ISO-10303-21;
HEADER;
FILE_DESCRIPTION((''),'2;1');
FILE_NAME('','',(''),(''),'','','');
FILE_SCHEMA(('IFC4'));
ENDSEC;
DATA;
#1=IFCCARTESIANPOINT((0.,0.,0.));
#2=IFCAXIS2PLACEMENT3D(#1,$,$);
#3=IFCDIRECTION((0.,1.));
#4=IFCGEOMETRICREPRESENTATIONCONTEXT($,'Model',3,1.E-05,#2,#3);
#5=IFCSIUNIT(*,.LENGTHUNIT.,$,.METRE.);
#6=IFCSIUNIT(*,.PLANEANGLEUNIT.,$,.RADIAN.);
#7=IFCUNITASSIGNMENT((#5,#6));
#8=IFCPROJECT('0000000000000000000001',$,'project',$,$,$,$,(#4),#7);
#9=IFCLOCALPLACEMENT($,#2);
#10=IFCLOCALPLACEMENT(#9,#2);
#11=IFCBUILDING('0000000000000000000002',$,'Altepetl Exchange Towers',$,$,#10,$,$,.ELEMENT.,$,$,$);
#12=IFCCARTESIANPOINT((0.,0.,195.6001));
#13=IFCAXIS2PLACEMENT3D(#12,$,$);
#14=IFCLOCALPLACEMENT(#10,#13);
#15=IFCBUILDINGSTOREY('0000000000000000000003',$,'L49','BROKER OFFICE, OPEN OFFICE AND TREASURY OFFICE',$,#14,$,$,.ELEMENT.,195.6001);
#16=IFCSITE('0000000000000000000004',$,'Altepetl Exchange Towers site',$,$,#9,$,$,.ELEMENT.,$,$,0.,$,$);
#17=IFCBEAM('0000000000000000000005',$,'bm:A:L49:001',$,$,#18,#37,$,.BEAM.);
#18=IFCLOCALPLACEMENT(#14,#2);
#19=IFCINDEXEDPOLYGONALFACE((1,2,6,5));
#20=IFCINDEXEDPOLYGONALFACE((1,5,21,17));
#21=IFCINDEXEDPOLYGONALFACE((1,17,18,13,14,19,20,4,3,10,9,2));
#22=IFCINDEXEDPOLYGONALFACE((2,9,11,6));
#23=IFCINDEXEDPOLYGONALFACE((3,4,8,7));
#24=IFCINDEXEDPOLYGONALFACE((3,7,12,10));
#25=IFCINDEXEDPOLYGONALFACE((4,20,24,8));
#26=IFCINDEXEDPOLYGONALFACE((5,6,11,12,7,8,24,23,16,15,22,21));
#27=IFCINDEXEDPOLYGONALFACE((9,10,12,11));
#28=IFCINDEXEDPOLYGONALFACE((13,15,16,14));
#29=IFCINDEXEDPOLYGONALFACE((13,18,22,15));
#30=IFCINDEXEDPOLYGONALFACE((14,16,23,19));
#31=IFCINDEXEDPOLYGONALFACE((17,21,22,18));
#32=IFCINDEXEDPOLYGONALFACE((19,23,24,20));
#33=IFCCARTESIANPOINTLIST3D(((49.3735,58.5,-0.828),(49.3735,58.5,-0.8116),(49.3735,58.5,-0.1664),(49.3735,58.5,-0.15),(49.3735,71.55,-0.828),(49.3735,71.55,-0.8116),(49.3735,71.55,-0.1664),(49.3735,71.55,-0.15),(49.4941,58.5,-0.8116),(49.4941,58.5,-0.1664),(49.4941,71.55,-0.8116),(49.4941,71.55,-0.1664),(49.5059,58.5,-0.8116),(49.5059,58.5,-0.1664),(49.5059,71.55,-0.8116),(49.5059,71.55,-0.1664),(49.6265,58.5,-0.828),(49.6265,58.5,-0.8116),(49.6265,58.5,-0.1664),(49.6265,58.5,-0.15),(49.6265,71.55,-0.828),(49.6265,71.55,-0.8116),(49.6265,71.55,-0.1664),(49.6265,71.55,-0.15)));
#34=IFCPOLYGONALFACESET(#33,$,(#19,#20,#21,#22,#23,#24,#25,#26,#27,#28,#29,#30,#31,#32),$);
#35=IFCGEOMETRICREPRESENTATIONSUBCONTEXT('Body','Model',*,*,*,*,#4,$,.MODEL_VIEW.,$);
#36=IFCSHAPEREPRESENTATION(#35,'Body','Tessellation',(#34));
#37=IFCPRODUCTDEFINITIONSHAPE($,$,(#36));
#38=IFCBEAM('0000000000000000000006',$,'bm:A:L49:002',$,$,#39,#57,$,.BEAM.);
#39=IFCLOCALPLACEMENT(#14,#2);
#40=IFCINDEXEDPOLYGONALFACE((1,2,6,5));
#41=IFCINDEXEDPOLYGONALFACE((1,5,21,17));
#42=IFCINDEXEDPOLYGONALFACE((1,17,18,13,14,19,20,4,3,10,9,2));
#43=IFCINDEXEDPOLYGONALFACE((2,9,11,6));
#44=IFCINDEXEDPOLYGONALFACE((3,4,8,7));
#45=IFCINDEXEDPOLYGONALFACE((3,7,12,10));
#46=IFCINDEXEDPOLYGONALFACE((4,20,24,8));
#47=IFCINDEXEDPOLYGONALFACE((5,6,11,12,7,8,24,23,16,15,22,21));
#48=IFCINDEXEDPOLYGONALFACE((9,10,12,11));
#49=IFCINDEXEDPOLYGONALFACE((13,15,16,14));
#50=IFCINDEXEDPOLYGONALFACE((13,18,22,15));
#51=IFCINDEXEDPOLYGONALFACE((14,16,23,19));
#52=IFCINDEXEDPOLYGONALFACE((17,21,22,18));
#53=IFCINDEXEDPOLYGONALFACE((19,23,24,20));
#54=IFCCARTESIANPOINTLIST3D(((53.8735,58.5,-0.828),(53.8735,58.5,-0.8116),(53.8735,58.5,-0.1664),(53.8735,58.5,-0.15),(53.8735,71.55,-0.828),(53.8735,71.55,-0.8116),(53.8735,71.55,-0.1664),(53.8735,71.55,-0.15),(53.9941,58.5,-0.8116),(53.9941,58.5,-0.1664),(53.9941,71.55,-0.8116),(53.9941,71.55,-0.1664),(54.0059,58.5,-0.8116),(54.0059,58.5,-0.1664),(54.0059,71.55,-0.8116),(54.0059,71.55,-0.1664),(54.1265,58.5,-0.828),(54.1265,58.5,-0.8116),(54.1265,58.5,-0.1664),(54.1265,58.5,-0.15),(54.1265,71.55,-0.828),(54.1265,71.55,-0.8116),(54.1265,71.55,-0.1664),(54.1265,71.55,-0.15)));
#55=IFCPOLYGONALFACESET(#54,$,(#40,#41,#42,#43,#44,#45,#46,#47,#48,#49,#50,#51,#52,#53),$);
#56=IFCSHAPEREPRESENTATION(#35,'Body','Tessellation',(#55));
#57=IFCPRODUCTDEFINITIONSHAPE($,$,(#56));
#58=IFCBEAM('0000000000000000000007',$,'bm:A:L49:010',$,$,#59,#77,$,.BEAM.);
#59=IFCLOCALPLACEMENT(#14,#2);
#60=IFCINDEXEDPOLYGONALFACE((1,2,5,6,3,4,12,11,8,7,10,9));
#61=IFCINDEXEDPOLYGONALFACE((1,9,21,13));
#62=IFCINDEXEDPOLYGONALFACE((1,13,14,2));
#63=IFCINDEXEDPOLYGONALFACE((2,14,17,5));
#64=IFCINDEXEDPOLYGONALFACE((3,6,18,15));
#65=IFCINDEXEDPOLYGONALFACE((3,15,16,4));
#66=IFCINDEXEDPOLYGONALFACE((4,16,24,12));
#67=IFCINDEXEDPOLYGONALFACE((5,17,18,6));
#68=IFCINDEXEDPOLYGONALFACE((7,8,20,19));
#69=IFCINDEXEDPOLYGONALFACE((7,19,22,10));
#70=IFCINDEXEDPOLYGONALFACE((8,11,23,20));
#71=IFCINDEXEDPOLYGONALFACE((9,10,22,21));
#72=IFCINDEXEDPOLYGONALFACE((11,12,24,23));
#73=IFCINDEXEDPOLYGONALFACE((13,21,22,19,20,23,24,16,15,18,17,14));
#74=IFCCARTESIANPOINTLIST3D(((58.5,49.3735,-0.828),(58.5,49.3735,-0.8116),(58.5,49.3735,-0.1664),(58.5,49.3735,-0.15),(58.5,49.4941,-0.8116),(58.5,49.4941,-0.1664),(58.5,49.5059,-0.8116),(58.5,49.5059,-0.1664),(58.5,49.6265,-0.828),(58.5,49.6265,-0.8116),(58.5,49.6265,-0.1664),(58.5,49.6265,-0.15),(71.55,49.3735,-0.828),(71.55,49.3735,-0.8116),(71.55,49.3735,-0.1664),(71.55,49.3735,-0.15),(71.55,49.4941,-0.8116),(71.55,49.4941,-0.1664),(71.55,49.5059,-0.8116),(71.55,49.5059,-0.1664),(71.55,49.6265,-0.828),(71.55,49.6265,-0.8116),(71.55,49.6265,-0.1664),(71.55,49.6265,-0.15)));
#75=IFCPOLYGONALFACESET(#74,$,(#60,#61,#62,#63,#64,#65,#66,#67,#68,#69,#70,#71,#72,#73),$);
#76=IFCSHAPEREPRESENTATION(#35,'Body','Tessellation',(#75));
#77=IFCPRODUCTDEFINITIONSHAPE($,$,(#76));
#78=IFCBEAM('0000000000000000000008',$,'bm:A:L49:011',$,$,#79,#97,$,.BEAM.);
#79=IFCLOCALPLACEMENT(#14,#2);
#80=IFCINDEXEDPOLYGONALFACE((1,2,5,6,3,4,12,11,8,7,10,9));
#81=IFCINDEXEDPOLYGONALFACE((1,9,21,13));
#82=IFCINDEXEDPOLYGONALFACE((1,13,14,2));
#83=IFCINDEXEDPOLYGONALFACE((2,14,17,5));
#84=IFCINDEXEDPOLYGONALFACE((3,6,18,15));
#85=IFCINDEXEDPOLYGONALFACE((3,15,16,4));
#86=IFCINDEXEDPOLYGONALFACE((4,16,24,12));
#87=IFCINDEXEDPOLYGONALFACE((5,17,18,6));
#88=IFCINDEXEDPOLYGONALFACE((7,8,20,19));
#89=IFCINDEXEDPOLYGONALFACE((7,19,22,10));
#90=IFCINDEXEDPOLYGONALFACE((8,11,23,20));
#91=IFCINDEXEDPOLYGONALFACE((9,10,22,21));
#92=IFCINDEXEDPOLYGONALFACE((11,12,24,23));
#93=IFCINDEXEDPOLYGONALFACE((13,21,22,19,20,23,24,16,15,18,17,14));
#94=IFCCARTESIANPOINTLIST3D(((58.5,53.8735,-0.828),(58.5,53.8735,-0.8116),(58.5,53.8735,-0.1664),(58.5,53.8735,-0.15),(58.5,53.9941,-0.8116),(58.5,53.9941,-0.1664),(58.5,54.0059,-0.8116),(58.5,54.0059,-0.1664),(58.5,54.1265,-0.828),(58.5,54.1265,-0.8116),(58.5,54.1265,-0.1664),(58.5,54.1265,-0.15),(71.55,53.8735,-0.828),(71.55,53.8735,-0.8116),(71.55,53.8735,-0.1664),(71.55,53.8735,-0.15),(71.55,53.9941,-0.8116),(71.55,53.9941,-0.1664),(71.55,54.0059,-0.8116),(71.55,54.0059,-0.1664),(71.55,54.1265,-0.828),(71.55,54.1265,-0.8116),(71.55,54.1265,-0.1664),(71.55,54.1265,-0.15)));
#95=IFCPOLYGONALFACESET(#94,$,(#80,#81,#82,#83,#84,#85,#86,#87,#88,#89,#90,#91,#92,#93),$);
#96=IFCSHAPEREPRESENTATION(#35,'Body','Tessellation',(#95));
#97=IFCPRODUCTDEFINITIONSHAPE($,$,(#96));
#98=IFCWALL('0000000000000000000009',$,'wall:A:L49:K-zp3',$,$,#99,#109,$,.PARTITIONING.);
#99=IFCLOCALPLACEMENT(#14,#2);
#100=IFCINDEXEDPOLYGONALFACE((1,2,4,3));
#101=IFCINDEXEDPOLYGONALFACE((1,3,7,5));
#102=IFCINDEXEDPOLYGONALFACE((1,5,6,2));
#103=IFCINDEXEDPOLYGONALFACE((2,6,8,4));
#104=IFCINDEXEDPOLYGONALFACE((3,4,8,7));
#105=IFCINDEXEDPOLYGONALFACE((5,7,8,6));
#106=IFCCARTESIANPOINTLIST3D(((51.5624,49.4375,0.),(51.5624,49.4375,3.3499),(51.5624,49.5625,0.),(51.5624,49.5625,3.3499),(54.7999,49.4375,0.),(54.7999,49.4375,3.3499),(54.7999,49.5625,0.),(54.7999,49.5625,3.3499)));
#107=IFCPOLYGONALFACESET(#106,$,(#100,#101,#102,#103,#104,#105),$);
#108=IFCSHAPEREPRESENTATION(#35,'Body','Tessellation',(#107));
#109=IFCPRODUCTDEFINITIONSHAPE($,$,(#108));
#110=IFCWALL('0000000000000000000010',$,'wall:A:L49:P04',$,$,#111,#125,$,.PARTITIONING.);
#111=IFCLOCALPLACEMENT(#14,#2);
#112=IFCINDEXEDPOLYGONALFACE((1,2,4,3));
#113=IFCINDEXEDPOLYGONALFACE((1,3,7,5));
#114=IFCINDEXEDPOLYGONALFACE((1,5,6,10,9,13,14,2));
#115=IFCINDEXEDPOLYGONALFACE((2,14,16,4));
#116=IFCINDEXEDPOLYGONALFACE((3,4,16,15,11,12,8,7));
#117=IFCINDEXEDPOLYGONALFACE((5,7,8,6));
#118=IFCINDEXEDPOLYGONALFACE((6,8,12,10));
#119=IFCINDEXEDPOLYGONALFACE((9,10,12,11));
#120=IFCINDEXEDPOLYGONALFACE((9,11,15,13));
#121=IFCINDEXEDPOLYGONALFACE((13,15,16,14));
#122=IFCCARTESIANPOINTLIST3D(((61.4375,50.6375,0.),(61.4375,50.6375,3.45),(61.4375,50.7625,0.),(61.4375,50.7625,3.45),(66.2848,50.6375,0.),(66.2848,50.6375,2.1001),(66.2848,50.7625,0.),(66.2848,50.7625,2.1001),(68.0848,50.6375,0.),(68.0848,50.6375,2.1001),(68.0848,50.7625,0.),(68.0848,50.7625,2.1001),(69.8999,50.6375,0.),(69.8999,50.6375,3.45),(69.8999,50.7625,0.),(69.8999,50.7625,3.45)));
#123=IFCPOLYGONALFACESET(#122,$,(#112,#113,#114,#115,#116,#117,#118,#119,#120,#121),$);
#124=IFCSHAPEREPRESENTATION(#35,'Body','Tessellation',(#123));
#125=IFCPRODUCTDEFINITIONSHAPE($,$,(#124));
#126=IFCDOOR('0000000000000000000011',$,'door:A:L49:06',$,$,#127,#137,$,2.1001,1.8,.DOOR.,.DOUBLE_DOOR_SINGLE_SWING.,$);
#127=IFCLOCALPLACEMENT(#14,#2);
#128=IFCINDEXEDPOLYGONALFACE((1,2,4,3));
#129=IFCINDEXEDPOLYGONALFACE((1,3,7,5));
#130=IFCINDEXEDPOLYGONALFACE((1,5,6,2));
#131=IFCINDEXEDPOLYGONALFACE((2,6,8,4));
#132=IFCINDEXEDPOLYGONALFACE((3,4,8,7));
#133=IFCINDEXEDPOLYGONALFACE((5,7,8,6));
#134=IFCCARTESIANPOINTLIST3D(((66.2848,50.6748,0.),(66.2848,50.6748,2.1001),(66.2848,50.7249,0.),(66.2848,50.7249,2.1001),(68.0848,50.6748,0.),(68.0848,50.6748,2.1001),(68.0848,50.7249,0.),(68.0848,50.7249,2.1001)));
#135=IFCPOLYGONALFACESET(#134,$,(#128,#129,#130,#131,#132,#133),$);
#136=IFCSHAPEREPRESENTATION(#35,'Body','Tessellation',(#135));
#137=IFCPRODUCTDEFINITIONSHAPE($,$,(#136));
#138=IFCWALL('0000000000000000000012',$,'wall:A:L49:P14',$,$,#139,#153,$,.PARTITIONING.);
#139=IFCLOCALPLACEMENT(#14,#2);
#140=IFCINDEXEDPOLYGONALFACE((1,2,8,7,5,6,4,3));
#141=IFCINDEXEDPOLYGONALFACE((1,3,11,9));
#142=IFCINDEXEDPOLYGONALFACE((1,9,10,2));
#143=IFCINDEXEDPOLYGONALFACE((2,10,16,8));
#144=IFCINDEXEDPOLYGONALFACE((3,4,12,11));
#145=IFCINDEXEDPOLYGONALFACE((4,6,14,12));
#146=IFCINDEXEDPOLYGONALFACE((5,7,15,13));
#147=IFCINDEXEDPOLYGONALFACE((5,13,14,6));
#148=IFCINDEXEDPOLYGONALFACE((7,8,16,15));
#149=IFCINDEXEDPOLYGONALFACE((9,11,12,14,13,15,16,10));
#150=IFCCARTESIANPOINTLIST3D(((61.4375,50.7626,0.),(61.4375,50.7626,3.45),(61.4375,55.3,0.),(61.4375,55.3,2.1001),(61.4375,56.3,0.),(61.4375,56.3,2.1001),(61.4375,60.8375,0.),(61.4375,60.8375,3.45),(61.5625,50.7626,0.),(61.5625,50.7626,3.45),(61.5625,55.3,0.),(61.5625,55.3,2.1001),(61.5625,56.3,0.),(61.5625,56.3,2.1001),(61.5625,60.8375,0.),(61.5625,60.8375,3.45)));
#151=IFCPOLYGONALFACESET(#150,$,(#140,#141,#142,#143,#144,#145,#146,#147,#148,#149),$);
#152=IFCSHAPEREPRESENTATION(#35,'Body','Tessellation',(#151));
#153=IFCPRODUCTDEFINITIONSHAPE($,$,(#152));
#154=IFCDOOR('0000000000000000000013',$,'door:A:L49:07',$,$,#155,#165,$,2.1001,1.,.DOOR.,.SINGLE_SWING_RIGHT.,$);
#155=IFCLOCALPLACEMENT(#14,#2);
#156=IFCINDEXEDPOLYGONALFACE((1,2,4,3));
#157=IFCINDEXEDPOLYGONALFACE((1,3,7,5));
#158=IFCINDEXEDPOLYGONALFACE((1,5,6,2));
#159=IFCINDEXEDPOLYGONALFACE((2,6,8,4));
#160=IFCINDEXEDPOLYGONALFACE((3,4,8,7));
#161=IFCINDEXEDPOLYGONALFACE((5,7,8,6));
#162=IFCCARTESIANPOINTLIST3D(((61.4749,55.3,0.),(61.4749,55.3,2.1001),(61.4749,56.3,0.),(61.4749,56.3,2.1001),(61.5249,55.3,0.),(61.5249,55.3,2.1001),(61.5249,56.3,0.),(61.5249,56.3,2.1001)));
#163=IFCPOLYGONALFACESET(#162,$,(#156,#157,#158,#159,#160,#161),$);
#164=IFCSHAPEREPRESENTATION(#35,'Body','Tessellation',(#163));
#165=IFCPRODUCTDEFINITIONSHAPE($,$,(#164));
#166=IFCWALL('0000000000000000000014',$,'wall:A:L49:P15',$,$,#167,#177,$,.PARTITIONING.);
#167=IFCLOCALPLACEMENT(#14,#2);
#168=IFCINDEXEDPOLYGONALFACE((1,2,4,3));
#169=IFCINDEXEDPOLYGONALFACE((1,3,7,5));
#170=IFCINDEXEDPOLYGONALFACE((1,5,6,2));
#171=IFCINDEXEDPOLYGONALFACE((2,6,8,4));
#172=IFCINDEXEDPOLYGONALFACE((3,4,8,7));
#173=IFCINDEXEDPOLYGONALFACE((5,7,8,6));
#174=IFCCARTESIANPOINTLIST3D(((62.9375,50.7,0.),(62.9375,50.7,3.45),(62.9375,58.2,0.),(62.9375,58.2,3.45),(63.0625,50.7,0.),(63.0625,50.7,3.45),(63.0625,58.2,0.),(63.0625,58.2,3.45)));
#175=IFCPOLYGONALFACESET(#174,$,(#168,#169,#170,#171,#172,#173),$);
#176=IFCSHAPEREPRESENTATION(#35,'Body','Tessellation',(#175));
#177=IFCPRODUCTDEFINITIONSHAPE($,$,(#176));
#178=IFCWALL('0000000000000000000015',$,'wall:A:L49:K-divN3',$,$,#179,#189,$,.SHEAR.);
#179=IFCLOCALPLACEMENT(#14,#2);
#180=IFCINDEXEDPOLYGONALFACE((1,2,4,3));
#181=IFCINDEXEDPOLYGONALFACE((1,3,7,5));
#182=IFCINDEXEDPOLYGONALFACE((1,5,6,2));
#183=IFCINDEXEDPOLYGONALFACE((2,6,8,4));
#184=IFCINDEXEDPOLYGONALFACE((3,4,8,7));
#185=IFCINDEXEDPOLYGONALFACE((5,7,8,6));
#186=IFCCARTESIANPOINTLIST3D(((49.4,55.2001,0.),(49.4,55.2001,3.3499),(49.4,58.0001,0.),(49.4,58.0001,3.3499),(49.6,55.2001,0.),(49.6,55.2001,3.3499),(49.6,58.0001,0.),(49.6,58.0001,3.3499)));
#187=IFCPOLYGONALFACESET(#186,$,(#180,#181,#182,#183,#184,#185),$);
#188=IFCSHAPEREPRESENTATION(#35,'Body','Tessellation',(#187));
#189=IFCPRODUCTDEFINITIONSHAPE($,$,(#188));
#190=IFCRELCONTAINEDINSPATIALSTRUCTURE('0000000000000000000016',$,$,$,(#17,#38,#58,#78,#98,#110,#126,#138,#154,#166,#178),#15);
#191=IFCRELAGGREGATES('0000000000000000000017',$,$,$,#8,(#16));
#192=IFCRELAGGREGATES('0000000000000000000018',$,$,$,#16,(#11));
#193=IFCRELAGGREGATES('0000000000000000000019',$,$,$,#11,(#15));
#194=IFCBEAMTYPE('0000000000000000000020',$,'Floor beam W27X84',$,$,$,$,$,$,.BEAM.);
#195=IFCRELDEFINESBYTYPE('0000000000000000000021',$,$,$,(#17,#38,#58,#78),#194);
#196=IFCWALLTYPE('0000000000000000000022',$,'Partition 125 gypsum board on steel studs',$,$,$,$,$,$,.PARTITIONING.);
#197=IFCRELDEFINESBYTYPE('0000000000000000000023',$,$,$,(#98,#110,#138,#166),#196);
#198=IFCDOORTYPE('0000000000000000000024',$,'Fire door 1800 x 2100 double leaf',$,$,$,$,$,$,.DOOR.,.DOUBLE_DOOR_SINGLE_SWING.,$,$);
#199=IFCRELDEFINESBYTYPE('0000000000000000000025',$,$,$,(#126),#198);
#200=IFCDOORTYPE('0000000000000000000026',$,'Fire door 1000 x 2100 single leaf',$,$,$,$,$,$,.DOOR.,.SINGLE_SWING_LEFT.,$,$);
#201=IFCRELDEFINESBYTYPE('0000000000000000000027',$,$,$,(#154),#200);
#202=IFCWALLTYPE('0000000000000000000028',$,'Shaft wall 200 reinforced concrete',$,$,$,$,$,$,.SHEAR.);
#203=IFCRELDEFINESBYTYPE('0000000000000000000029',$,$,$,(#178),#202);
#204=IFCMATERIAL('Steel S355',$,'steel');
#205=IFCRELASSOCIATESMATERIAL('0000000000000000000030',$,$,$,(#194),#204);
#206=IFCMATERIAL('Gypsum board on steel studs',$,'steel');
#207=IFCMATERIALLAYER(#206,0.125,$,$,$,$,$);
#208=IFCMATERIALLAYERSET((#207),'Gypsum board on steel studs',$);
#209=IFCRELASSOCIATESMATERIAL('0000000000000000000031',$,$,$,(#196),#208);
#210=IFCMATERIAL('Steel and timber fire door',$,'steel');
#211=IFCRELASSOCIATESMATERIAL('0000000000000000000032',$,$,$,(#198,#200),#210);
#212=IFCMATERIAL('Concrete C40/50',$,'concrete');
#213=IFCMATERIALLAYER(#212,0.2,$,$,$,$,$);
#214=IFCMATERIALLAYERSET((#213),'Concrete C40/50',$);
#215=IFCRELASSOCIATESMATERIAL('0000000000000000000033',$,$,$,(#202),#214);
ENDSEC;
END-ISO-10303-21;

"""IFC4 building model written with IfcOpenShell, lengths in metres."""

from ifc_helpers import new_model, si_unit, direction, frame, frame_2d, origin, origin_2d, place, context, subcontext, project, spatial, rectangle, i_section, extrude, material, layer, layer_set, material_profile, profile_set, type_object, element, fill, save


model = new_model("IFC4")

# Units and contexts
model_context = context("Model", 3, precision=1e-05, world=origin(), true_north=direction((0.0, 1.0)))
body_context = subcontext(model_context, "Body", "Model", "MODEL_VIEW")
ifc_project = project(units=[si_unit("LENGTHUNIT", "METRE"), si_unit("PLANEANGLEUNIT", "RADIAN")], contexts=[model_context])

# Site, building, storey
site_placement = place(None, origin())
site = spatial("IfcSite", under=ifc_project, at=site_placement, Name="Altepetl Exchange Towers site", CompositionType="ELEMENT", RefElevation=0.0)
building_placement = place(site_placement, origin())
building = spatial("IfcBuilding", under=site, at=building_placement, Name="Altepetl Exchange Towers", CompositionType="ELEMENT")
storey_placement = place(building_placement, frame((0.0, 0.0, 195.6001)))
storey = spatial("IfcBuildingStorey", under=building, at=storey_placement, Name="L49", Description="BROKER OFFICE, OPEN OFFICE AND TREASURY OFFICE", CompositionType="ELEMENT", Elevation=195.6001)

# Beams
ifc_material_1 = material(Name="Steel S355", Category="steel")
ifc_material_profile = material_profile(ifc_material_1, i_section(OverallWidth=0.2529, OverallDepth=0.678, WebThickness=0.0117, FlangeThickness=0.0164, at=origin_2d()), Name="W27X84")
ifc_profile_set = profile_set([ifc_material_profile], Name="Steel S355")
beam_type = type_object("IfcBeamType", Name="Floor beam W27X84", PredefinedType="BEAM", material=ifc_profile_set)
for number, where, z_axis, x_axis, name in (
    (1, (49.5, 58.5, -0.489), (0.0, 1.0, 0.0), (-1.0, 0.0, 0.0), "bm:A:L49:001"),
    (2, (54.0, 58.5, -0.489), (0.0, 1.0, 0.0), (-1.0, 0.0, 0.0), "bm:A:L49:002"),
    (3, (58.5, 49.5, -0.489), (1.0, 0.0, 0.0), (0.0, 1.0, 0.0), "bm:A:L49:010"),
    (4, (58.5, 54.0, -0.489), (1.0, 0.0, 0.0), (0.0, 1.0, 0.0), "bm:A:L49:011"),
):
    element("IfcBeam", number, at=place(storey_placement, frame(where, z_axis=z_axis, x_axis=x_axis)), inside=storey, type_object=beam_type, Name=name, PredefinedType="BEAM", context=body_context, shape_type="SweptSolid", body=[
        extrude(i_section(OverallWidth=0.2529, OverallDepth=0.678, WebThickness=0.0117, FlangeThickness=0.0164, at=origin_2d()), origin(), (0.0, 0.0, 1.0), 13.05),
    ])

# Wall
ifc_material_2 = material(Name="Gypsum board on steel studs", Category="steel")
ifc_layer_1 = layer(ifc_material_2, 0.125)
ifc_layer_set_1 = layer_set([ifc_layer_1], Name="Gypsum board on steel studs")
wall_type_1 = type_object("IfcWallType", Name="Partition 125 gypsum board on steel studs", PredefinedType="PARTITIONING", material=ifc_layer_set_1)
wall_1_placement = place(storey_placement, frame((51.5625, 49.5, 0.0)))
element("IfcWall", 5, at=wall_1_placement, inside=storey, type_object=wall_type_1, Name="wall:A:L49:K-zp3", PredefinedType="PARTITIONING", context=body_context, shape_type="SweptSolid", body=[
    extrude(rectangle(XDim=3.2375, YDim=0.125, at=frame_2d((1.6187, 0.0))), origin(), (0.0, 0.0, 1.0), 3.3499),
])

# Walls, openings, doors
wall_2_placement = place(storey_placement, frame((61.4375, 50.7, 0.0)))
wall_2 = element("IfcWall", 6, at=wall_2_placement, inside=storey, type_object=wall_type_1, Name="wall:A:L49:P04", PredefinedType="PARTITIONING", context=body_context, shape_type="SweptSolid", body=[
    extrude(rectangle(XDim=8.4624, YDim=0.125, at=frame_2d((4.2312, 0.0))), origin(), (0.0, 0.0, 1.0), 3.45),
])
opening_1_placement = place(wall_2_placement, frame((4.8474, 0.0, 0.0)))
opening_1 = element("IfcOpeningElement", 7, at=opening_1_placement, cuts=wall_2, PredefinedType="OPENING", context=body_context, shape_type="SweptSolid", body=[
    extrude(rectangle(XDim=1.8, YDim=2.1001, at=frame_2d((0.8999, 1.05))), frame((0.0, 0.0725, 0.0), z_axis=(0.0, -1.0, 0.0), x_axis=(1.0, 0.0, 0.0)), (0.0, 0.0, 1.0), 0.145),
])
ifc_material_3 = material(Name="Steel and timber fire door", Category="steel")
door_type_1 = type_object("IfcDoorType", Name="Fire door 1800 x 2100 double leaf", OperationType="DOUBLE_DOOR_SINGLE_SWING", PredefinedType="DOOR", material=ifc_material_3)
door_1_placement = place(opening_1_placement, origin())
door_1 = element("IfcDoor", 8, at=door_1_placement, inside=storey, type_object=door_type_1, Name="door:A:L49:06", OperationType="DOUBLE_DOOR_SINGLE_SWING", OverallHeight=2.1001, OverallWidth=1.8, PredefinedType="DOOR", context=body_context, shape_type="SweptSolid", body=[
    extrude(rectangle(XDim=1.8, YDim=2.1001, at=frame_2d((0.8999, 1.05))), frame((0.0, 0.0249, 0.0), z_axis=(0.0, -1.0, 0.0), x_axis=(1.0, 0.0, 0.0)), (0.0, 0.0, 1.0), 0.05),
])
fill(opening_1, door_1)
wall_3_placement = place(storey_placement, frame((61.5, 50.7625, 0.0), z_axis=(0.0, 0.0, 1.0), x_axis=(0.0, 1.0, 0.0)))
wall_3 = element("IfcWall", 9, at=wall_3_placement, inside=storey, type_object=wall_type_1, Name="wall:A:L49:P14", PredefinedType="PARTITIONING", context=body_context, shape_type="SweptSolid", body=[
    extrude(rectangle(XDim=10.075, YDim=0.125, at=frame_2d((5.0376, 0.0))), origin(), (0.0, 0.0, 1.0), 3.45),
])
opening_2_placement = place(wall_3_placement, frame((4.5376, 0.0, 0.0)))
opening_2 = element("IfcOpeningElement", 10, at=opening_2_placement, cuts=wall_3, PredefinedType="OPENING", context=body_context, shape_type="SweptSolid", body=[
    extrude(rectangle(XDim=1.0, YDim=2.1001, at=frame_2d((0.5, 1.05))), frame((0.0, 0.0725, 0.0), z_axis=(0.0, -1.0, 0.0), x_axis=(1.0, 0.0, 0.0)), (0.0, 0.0, 1.0), 0.145),
])
door_type_2 = type_object("IfcDoorType", Name="Fire door 1000 x 2100 single leaf", OperationType="SINGLE_SWING_LEFT", PredefinedType="DOOR", material=ifc_material_3)
door_2_placement = place(opening_2_placement, frame((1.0, 0.0, 0.0), x_axis=(-1.0, 0.0, 0.0)))
door_2 = element("IfcDoor", 11, at=door_2_placement, inside=storey, type_object=door_type_2, Name="door:A:L49:07", OperationType="SINGLE_SWING_RIGHT", OverallHeight=2.1001, OverallWidth=1.0, PredefinedType="DOOR", context=body_context, shape_type="SweptSolid", body=[
    extrude(rectangle(XDim=1.0, YDim=2.1001, at=frame_2d((0.5, 1.05))), frame((0.0, 0.0249, 0.0), z_axis=(0.0, -1.0, 0.0), x_axis=(1.0, 0.0, 0.0)), (0.0, 0.0, 1.0), 0.05),
])
fill(opening_2, door_2)

# Walls
wall_4_placement = place(storey_placement, frame((63.0, 50.7, 0.0), z_axis=(0.0, 0.0, 1.0), x_axis=(0.0, 1.0, 0.0)))
element("IfcWall", 12, at=wall_4_placement, inside=storey, type_object=wall_type_1, Name="wall:A:L49:P15", PredefinedType="PARTITIONING", context=body_context, shape_type="SweptSolid", body=[
    extrude(rectangle(XDim=7.5, YDim=0.125, at=frame_2d((3.75, 0.0))), origin(), (0.0, 0.0, 1.0), 3.45),
])
ifc_material_4 = material(Name="Concrete C40/50", Category="concrete")
ifc_layer_2 = layer(ifc_material_4, 0.2)
ifc_layer_set_2 = layer_set([ifc_layer_2], Name="Concrete C40/50")
wall_type_2 = type_object("IfcWallType", Name="Shaft wall 200 reinforced concrete", PredefinedType="SHEAR", material=ifc_layer_set_2)
for number, where, z_axis, x_axis, name in (
    (13, (49.5, 58.0, 0.0), (0.0, 0.0, 1.0), (0.0, -1.0, 0.0), "wall:A:L49:K-divN3"),
):
    element("IfcWall", number, at=place(storey_placement, frame(where, z_axis=z_axis, x_axis=x_axis)), inside=storey, type_object=wall_type_2, Name=name, PredefinedType="SHEAR", context=body_context, shape_type="SweptSolid", body=[
        extrude(rectangle(XDim=2.8, YDim=0.2, at=frame_2d((1.3999, 0.0))), origin(), (0.0, 0.0, 1.0), 3.3499),
    ])

save(model, "model.ifc")
